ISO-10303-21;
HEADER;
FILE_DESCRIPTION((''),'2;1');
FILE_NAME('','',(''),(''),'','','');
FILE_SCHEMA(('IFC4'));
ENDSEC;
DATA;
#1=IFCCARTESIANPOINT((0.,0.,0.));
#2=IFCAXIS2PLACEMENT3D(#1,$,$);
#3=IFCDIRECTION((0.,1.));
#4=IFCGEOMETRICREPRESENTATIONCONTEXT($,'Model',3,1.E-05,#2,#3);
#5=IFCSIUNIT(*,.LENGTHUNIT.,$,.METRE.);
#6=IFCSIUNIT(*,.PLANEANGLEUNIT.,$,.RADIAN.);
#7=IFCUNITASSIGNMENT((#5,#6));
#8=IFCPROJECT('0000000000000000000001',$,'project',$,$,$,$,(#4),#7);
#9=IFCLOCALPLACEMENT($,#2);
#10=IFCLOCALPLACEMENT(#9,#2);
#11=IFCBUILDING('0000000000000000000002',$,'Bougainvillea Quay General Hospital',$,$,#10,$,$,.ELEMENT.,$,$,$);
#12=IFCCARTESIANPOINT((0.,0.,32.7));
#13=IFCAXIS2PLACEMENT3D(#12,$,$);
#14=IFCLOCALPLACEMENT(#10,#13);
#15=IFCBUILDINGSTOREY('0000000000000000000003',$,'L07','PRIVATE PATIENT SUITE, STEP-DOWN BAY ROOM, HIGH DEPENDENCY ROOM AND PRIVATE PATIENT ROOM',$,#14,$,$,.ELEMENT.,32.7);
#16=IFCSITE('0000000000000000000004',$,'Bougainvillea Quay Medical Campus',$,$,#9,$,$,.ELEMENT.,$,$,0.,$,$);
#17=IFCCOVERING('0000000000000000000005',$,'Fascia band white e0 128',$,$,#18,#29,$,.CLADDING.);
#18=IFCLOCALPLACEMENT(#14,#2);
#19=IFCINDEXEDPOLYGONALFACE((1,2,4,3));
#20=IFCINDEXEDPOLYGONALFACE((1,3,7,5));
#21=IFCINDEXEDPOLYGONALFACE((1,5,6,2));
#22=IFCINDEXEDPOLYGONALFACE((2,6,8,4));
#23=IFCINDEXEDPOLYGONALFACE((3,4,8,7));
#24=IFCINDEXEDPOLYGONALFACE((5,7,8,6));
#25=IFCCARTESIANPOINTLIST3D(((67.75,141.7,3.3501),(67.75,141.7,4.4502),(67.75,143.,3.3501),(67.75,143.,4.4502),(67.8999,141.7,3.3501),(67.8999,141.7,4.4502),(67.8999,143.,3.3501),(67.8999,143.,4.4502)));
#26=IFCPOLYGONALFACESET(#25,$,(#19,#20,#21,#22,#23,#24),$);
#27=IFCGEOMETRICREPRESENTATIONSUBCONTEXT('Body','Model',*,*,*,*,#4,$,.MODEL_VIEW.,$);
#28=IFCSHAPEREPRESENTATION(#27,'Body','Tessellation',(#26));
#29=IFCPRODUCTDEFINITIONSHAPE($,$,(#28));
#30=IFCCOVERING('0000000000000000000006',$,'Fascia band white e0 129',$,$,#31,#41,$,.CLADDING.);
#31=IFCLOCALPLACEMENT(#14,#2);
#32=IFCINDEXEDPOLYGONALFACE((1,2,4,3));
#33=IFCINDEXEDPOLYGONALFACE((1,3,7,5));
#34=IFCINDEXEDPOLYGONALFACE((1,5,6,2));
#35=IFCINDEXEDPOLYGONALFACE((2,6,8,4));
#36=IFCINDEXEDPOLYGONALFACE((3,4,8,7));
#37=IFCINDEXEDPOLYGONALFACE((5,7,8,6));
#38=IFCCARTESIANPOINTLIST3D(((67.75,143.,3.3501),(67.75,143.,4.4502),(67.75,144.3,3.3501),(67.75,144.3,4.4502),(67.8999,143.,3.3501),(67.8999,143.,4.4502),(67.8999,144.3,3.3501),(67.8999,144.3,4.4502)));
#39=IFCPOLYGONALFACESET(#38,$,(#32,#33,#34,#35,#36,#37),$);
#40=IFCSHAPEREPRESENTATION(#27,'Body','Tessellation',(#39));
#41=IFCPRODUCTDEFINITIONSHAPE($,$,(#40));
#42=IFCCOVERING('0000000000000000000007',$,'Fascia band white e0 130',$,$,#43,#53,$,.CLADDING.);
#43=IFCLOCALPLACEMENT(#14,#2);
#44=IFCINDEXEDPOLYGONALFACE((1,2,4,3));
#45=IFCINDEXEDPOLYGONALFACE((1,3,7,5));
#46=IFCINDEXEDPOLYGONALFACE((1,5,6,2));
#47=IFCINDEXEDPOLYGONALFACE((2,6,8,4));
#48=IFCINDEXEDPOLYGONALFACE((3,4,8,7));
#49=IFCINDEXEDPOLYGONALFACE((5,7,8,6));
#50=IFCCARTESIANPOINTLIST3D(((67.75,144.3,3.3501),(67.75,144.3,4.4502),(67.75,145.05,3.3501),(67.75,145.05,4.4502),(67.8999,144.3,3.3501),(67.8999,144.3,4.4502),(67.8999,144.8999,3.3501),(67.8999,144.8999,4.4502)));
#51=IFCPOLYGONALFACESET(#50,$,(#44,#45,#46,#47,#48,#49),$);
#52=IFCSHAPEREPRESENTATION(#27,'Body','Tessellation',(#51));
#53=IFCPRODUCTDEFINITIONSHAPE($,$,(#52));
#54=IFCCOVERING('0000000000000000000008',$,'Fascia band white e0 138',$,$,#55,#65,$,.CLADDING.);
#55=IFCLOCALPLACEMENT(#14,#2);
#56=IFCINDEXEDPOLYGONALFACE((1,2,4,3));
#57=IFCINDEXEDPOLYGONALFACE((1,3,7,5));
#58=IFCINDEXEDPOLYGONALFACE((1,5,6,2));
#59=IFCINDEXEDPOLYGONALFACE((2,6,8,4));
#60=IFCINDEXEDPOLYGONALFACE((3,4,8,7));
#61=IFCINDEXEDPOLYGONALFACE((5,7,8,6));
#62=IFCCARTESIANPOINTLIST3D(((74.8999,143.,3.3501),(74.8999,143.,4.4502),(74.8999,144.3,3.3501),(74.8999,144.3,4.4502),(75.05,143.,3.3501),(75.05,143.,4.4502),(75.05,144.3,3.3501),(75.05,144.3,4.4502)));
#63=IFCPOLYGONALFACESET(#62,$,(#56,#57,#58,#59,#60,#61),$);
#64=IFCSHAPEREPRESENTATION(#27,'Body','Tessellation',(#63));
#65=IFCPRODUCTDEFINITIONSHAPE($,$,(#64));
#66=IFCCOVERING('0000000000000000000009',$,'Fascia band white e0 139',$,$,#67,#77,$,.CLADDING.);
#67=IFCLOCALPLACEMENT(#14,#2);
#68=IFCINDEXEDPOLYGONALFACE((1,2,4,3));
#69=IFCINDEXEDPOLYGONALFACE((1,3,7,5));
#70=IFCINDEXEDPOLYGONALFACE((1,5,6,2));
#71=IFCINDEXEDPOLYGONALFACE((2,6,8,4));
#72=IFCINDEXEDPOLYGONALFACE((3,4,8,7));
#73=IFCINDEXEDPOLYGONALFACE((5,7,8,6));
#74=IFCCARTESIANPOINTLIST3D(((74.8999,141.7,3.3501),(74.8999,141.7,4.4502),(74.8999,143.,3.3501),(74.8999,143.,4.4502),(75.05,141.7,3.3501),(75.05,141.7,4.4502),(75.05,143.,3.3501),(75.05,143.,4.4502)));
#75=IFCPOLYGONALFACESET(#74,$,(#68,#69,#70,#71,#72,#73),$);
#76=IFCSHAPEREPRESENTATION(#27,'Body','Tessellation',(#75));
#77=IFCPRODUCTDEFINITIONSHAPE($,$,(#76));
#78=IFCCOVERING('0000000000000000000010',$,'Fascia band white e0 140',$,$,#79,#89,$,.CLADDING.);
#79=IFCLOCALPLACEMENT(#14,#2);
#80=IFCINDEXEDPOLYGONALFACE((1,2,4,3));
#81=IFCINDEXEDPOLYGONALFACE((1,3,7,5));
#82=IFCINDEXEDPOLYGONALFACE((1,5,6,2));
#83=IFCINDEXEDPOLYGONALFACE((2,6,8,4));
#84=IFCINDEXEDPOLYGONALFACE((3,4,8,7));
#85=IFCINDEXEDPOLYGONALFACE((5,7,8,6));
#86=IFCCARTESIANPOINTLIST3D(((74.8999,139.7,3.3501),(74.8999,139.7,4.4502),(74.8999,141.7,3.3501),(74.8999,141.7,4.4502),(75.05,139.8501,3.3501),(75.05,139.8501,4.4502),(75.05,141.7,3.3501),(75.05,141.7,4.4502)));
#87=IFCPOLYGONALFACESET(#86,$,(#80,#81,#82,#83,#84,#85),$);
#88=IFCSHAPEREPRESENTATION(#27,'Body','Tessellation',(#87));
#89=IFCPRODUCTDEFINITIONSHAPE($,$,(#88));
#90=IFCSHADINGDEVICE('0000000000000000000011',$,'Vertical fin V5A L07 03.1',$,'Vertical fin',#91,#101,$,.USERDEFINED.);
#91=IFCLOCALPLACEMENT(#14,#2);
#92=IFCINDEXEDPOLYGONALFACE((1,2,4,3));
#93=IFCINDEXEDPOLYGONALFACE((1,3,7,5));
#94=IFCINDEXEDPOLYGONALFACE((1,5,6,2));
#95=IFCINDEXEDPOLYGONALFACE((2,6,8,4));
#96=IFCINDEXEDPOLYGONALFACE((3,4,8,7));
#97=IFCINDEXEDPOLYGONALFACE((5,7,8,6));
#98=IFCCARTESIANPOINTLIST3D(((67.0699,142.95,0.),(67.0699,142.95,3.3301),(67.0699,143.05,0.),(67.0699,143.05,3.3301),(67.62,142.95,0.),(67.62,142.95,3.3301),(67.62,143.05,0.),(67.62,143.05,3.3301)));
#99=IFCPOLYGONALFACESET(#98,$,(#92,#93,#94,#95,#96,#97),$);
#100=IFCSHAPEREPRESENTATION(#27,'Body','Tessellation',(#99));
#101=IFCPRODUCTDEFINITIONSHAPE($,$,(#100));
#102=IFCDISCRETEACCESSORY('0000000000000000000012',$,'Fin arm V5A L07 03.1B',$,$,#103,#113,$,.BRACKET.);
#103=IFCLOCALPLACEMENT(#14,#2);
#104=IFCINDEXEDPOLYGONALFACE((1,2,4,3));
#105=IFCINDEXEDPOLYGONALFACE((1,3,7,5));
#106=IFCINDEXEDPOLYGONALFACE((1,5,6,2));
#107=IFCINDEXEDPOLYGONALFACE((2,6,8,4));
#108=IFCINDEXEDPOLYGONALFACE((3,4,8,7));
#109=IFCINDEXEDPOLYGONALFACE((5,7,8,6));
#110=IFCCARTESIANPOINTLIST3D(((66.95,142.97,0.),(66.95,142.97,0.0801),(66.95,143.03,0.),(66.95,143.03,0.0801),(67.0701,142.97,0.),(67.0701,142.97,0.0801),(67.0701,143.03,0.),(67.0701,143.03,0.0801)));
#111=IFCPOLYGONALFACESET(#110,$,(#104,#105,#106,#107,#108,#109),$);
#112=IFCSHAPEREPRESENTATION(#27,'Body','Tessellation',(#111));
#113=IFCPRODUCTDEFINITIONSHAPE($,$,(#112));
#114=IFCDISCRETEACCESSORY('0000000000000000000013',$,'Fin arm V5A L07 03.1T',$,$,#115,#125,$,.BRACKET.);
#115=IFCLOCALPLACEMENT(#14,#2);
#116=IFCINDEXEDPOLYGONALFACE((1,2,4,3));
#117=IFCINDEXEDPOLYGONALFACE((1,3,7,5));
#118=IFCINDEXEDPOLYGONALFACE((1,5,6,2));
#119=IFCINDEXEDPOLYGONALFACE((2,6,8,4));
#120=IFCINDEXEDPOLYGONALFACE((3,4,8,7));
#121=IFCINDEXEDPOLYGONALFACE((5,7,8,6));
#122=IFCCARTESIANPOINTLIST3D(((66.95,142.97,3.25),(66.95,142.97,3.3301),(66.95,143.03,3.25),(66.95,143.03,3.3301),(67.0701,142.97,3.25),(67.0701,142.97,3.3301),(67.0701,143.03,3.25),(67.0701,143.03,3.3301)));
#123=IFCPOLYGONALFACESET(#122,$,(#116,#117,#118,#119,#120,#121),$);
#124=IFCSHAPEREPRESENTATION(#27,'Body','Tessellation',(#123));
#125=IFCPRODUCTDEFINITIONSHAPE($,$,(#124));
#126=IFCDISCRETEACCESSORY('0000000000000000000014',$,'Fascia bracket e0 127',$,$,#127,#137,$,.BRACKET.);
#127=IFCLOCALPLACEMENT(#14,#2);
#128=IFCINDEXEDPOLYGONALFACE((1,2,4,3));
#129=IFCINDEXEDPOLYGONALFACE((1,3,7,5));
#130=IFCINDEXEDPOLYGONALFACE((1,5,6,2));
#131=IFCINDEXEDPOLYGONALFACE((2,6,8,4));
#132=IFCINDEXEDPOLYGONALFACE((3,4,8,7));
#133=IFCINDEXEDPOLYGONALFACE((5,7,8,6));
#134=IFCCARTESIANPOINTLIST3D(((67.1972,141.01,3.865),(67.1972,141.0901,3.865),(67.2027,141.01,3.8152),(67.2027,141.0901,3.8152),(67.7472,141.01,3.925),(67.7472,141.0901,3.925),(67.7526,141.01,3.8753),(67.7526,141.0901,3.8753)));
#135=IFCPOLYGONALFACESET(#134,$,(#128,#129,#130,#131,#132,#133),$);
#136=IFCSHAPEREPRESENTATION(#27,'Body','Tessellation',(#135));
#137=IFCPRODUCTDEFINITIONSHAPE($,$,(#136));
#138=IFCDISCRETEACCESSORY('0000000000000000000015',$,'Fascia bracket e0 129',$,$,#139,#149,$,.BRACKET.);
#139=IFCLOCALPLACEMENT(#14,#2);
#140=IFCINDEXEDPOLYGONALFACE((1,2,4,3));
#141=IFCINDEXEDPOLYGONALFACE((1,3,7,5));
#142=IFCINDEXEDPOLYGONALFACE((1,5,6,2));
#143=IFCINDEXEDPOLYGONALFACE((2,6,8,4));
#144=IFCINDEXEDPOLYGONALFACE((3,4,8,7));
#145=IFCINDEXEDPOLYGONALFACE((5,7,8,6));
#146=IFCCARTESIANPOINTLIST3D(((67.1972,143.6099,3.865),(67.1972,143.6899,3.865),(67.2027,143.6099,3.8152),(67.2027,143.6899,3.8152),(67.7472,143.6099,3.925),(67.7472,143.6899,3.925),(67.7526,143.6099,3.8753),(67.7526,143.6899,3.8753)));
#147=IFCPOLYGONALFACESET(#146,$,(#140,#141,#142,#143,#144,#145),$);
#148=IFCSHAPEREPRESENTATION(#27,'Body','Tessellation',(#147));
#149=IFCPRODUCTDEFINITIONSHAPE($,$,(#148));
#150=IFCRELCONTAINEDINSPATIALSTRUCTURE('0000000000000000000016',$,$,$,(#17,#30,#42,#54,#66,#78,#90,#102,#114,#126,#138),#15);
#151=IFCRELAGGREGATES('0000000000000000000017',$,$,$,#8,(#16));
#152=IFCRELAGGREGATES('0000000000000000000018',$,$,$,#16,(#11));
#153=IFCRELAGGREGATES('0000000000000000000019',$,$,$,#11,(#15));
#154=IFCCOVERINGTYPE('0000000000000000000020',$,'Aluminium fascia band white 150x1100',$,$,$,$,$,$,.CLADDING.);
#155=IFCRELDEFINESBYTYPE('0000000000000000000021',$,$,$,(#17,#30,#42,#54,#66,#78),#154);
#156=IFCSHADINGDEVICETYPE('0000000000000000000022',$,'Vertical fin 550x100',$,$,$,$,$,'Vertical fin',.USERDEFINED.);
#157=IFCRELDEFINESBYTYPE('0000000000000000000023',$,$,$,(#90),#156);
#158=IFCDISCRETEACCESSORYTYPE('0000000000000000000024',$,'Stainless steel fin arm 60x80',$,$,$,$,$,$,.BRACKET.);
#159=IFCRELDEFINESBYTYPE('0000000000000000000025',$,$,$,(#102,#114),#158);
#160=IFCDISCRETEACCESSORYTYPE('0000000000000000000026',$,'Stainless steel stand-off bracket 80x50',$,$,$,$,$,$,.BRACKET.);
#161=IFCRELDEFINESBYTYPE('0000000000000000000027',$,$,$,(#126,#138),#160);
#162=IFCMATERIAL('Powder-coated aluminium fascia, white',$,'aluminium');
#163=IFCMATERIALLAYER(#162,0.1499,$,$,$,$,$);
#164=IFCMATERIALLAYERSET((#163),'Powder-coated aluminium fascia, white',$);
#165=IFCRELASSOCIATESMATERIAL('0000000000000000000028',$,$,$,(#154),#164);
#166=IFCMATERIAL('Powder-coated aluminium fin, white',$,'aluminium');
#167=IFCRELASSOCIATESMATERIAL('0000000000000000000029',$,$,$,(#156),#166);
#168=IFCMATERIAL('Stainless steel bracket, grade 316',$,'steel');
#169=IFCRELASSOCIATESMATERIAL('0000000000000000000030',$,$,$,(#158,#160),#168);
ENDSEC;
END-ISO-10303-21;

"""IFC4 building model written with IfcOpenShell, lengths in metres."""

from ifc_helpers import new_model, si_unit, direction, frame, origin, origin_2d, place, context, subcontext, project, spatial, polyline, rectangle, outline, extrude, material, layer, layer_set, material_profile, profile_set, type_object, element, save


model = new_model("IFC4")

# Units and contexts
model_context = context("Model", 3, precision=1e-05, world=origin(), true_north=direction((0.0, 1.0)))
body_context = subcontext(model_context, "Body", "Model", "MODEL_VIEW")
ifc_project = project(units=[si_unit("LENGTHUNIT", "METRE"), si_unit("PLANEANGLEUNIT", "RADIAN")], contexts=[model_context])

# Site, building, storey
site_placement = place(None, origin())
site = spatial("IfcSite", under=ifc_project, at=site_placement, Name="Bougainvillea Quay Medical Campus", CompositionType="ELEMENT", RefElevation=0.0)
building_placement = place(site_placement, origin())
building = spatial("IfcBuilding", under=site, at=building_placement, Name="Bougainvillea Quay General Hospital", CompositionType="ELEMENT")
storey_placement = place(building_placement, frame((0.0, 0.0, 32.7)))
storey = spatial("IfcBuildingStorey", under=building, at=storey_placement, Name="L07", Description="PRIVATE PATIENT SUITE, STEP-DOWN BAY ROOM, HIGH DEPENDENCY ROOM AND PRIVATE PATIENT ROOM", CompositionType="ELEMENT", Elevation=32.7)

# Coverings
ifc_material_1 = material(Name="Powder-coated aluminium fascia, white", Category="aluminium")
ifc_layer_1 = layer(ifc_material_1, 0.1499)
ifc_layer_set_1 = layer_set([ifc_layer_1], Name="Powder-coated aluminium fascia, white")
covering_type = type_object("IfcCoveringType", Name="Aluminium fascia band white 150x1100", PredefinedType="CLADDING", material=ifc_layer_set_1)
for number, where, z_axis, x_axis, name in (
    (1, (67.75, 141.7, 3.3501), (0.0, 0.0, 1.0), (0.0, 1.0, 0.0), "Fascia band white e0 128"),
    (2, (67.75, 143.0, 3.3501), (0.0, 0.0, 1.0), (0.0, 1.0, 0.0), "Fascia band white e0 129"),
):
    element("IfcCovering", number, at=place(storey_placement, frame(where, z_axis=z_axis, x_axis=x_axis)), inside=storey, type_object=covering_type, Name=name, PredefinedType="CLADDING", context=body_context, shape_type="SweptSolid", body=[
        extrude(outline(polyline([(0.0, 0.0), (1.3, 0.0), (1.3, -0.1499), (0.0, -0.1499), (0.0, 0.0)])), origin(), (0.0, 0.0, 1.0), 1.1001),
    ])
covering_1_placement = place(storey_placement, frame((67.75, 144.3, 3.3501), z_axis=(0.0, 0.0, 1.0), x_axis=(0.0, 1.0, 0.0)))
element("IfcCovering", 3, at=covering_1_placement, inside=storey, type_object=covering_type, Name="Fascia band white e0 130", PredefinedType="CLADDING", context=body_context, shape_type="SweptSolid", body=[
    extrude(outline(polyline([(0.0, 0.0), (0.75, 0.0), (0.5999, -0.1499), (0.0, -0.1499), (0.0, 0.0)])), origin(), (0.0, 0.0, 1.0), 1.1001),
])
for number, where, z_axis, x_axis, name in (
    (4, (75.05, 144.3, 3.3501), (0.0, 0.0, 1.0), (0.0, -1.0, 0.0), "Fascia band white e0 138"),
    (5, (75.05, 143.0, 3.3501), (0.0, 0.0, 1.0), (0.0, -1.0, 0.0), "Fascia band white e0 139"),
):
    element("IfcCovering", number, at=place(storey_placement, frame(where, z_axis=z_axis, x_axis=x_axis)), inside=storey, type_object=covering_type, Name=name, PredefinedType="CLADDING", context=body_context, shape_type="SweptSolid", body=[
        extrude(outline(polyline([(0.0, 0.0), (1.3, 0.0), (1.3, -0.1501), (0.0, -0.1501), (0.0, 0.0)])), origin(), (0.0, 0.0, 1.0), 1.1001),
    ])
covering_2_placement = place(storey_placement, frame((75.05, 141.7, 3.3501), z_axis=(0.0, 0.0, 1.0), x_axis=(0.0, -1.0, 0.0)))
element("IfcCovering", 6, at=covering_2_placement, inside=storey, type_object=covering_type, Name="Fascia band white e0 140", PredefinedType="CLADDING", context=body_context, shape_type="SweptSolid", body=[
    extrude(outline(polyline([(0.0, 0.0), (1.8499, 0.0), (2.0, -0.1501), (0.0, -0.1501), (0.0, 0.0)])), origin(), (0.0, 0.0, 1.0), 1.1001),
])

# Shading device
ifc_material_2 = material(Name="Powder-coated aluminium fin, white", Category="aluminium")
ifc_material_profile_1 = material_profile(ifc_material_2, rectangle(XDim=0.55, YDim=0.1001, at=origin_2d()))
ifc_profile_set_1 = profile_set([ifc_material_profile_1], Name="Powder-coated aluminium fin, white")
shading_device_type = type_object("IfcShadingDeviceType", Name="Vertical fin 550x100", ElementType="Vertical fin", PredefinedType="USERDEFINED", material=ifc_profile_set_1)
shading_device_placement = place(storey_placement, frame((67.345, 143.0, 0.0), z_axis=(0.0, 0.0, 1.0), x_axis=(1.0, 0.0, 0.0)))
element("IfcShadingDevice", 7, at=shading_device_placement, inside=storey, type_object=shading_device_type, Name="Vertical fin V5A L07 03.1", ObjectType="Vertical fin", PredefinedType="USERDEFINED", context=body_context, shape_type="SweptSolid", body=[
    extrude(rectangle(XDim=0.55, YDim=0.1001, at=origin_2d()), origin(), (0.0, 0.0, 1.0), 3.3301),
])

# Discrete accessories
ifc_material_3 = material(Name="Stainless steel bracket, grade 316", Category="steel")
discrete_accessory_type_1 = type_object("IfcDiscreteAccessoryType", Name="Stainless steel fin arm 60x80", PredefinedType="BRACKET", material=ifc_material_3)
for number, where, z_axis, x_axis, name in (
    (8, (67.01, 143.0, 0.0), (0.0, 0.0, 1.0), (1.0, 0.0, 0.0), "Fin arm V5A L07 03.1B"),
    (9, (67.01, 143.0, 3.25), (0.0, 0.0, 1.0), (1.0, 0.0, 0.0), "Fin arm V5A L07 03.1T"),
):
    element("IfcDiscreteAccessory", number, at=place(storey_placement, frame(where, z_axis=z_axis, x_axis=x_axis)), inside=storey, type_object=discrete_accessory_type_1, Name=name, PredefinedType="BRACKET", context=body_context, shape_type="SweptSolid", body=[
        extrude(rectangle(XDim=0.1201, YDim=0.0601, at=origin_2d()), origin(), (0.0, 0.0, 1.0), 0.0801),
    ])
ifc_material_profile_2 = material_profile(ifc_material_3, rectangle(XDim=0.0801, YDim=0.05, at=origin_2d()))
ifc_profile_set_2 = profile_set([ifc_material_profile_2], Name="Stainless steel bracket, grade 316")
discrete_accessory_type_2 = type_object("IfcDiscreteAccessoryType", Name="Stainless steel stand-off bracket 80x50", PredefinedType="BRACKET", material=ifc_profile_set_2)
for number, where, z_axis, x_axis, name in (
    (10, (67.2, 141.05, 3.8401), (0.994092, 0.0, 0.108543), (0.0, 1.0, 0.0), "Fascia bracket e0 127"),
    (11, (67.2, 143.6499, 3.8401), (0.994092, 0.0, 0.108543), (0.0, 1.0, 0.0), "Fascia bracket e0 129"),
):
    element("IfcDiscreteAccessory", number, at=place(storey_placement, frame(where, z_axis=z_axis, x_axis=x_axis)), inside=storey, type_object=discrete_accessory_type_2, Name=name, PredefinedType="BRACKET", context=body_context, shape_type="SweptSolid", body=[
        extrude(rectangle(XDim=0.0801, YDim=0.05, at=origin_2d()), origin(), (0.0, 0.0, 1.0), 0.5532),
    ])

save(model, "model.ifc")
